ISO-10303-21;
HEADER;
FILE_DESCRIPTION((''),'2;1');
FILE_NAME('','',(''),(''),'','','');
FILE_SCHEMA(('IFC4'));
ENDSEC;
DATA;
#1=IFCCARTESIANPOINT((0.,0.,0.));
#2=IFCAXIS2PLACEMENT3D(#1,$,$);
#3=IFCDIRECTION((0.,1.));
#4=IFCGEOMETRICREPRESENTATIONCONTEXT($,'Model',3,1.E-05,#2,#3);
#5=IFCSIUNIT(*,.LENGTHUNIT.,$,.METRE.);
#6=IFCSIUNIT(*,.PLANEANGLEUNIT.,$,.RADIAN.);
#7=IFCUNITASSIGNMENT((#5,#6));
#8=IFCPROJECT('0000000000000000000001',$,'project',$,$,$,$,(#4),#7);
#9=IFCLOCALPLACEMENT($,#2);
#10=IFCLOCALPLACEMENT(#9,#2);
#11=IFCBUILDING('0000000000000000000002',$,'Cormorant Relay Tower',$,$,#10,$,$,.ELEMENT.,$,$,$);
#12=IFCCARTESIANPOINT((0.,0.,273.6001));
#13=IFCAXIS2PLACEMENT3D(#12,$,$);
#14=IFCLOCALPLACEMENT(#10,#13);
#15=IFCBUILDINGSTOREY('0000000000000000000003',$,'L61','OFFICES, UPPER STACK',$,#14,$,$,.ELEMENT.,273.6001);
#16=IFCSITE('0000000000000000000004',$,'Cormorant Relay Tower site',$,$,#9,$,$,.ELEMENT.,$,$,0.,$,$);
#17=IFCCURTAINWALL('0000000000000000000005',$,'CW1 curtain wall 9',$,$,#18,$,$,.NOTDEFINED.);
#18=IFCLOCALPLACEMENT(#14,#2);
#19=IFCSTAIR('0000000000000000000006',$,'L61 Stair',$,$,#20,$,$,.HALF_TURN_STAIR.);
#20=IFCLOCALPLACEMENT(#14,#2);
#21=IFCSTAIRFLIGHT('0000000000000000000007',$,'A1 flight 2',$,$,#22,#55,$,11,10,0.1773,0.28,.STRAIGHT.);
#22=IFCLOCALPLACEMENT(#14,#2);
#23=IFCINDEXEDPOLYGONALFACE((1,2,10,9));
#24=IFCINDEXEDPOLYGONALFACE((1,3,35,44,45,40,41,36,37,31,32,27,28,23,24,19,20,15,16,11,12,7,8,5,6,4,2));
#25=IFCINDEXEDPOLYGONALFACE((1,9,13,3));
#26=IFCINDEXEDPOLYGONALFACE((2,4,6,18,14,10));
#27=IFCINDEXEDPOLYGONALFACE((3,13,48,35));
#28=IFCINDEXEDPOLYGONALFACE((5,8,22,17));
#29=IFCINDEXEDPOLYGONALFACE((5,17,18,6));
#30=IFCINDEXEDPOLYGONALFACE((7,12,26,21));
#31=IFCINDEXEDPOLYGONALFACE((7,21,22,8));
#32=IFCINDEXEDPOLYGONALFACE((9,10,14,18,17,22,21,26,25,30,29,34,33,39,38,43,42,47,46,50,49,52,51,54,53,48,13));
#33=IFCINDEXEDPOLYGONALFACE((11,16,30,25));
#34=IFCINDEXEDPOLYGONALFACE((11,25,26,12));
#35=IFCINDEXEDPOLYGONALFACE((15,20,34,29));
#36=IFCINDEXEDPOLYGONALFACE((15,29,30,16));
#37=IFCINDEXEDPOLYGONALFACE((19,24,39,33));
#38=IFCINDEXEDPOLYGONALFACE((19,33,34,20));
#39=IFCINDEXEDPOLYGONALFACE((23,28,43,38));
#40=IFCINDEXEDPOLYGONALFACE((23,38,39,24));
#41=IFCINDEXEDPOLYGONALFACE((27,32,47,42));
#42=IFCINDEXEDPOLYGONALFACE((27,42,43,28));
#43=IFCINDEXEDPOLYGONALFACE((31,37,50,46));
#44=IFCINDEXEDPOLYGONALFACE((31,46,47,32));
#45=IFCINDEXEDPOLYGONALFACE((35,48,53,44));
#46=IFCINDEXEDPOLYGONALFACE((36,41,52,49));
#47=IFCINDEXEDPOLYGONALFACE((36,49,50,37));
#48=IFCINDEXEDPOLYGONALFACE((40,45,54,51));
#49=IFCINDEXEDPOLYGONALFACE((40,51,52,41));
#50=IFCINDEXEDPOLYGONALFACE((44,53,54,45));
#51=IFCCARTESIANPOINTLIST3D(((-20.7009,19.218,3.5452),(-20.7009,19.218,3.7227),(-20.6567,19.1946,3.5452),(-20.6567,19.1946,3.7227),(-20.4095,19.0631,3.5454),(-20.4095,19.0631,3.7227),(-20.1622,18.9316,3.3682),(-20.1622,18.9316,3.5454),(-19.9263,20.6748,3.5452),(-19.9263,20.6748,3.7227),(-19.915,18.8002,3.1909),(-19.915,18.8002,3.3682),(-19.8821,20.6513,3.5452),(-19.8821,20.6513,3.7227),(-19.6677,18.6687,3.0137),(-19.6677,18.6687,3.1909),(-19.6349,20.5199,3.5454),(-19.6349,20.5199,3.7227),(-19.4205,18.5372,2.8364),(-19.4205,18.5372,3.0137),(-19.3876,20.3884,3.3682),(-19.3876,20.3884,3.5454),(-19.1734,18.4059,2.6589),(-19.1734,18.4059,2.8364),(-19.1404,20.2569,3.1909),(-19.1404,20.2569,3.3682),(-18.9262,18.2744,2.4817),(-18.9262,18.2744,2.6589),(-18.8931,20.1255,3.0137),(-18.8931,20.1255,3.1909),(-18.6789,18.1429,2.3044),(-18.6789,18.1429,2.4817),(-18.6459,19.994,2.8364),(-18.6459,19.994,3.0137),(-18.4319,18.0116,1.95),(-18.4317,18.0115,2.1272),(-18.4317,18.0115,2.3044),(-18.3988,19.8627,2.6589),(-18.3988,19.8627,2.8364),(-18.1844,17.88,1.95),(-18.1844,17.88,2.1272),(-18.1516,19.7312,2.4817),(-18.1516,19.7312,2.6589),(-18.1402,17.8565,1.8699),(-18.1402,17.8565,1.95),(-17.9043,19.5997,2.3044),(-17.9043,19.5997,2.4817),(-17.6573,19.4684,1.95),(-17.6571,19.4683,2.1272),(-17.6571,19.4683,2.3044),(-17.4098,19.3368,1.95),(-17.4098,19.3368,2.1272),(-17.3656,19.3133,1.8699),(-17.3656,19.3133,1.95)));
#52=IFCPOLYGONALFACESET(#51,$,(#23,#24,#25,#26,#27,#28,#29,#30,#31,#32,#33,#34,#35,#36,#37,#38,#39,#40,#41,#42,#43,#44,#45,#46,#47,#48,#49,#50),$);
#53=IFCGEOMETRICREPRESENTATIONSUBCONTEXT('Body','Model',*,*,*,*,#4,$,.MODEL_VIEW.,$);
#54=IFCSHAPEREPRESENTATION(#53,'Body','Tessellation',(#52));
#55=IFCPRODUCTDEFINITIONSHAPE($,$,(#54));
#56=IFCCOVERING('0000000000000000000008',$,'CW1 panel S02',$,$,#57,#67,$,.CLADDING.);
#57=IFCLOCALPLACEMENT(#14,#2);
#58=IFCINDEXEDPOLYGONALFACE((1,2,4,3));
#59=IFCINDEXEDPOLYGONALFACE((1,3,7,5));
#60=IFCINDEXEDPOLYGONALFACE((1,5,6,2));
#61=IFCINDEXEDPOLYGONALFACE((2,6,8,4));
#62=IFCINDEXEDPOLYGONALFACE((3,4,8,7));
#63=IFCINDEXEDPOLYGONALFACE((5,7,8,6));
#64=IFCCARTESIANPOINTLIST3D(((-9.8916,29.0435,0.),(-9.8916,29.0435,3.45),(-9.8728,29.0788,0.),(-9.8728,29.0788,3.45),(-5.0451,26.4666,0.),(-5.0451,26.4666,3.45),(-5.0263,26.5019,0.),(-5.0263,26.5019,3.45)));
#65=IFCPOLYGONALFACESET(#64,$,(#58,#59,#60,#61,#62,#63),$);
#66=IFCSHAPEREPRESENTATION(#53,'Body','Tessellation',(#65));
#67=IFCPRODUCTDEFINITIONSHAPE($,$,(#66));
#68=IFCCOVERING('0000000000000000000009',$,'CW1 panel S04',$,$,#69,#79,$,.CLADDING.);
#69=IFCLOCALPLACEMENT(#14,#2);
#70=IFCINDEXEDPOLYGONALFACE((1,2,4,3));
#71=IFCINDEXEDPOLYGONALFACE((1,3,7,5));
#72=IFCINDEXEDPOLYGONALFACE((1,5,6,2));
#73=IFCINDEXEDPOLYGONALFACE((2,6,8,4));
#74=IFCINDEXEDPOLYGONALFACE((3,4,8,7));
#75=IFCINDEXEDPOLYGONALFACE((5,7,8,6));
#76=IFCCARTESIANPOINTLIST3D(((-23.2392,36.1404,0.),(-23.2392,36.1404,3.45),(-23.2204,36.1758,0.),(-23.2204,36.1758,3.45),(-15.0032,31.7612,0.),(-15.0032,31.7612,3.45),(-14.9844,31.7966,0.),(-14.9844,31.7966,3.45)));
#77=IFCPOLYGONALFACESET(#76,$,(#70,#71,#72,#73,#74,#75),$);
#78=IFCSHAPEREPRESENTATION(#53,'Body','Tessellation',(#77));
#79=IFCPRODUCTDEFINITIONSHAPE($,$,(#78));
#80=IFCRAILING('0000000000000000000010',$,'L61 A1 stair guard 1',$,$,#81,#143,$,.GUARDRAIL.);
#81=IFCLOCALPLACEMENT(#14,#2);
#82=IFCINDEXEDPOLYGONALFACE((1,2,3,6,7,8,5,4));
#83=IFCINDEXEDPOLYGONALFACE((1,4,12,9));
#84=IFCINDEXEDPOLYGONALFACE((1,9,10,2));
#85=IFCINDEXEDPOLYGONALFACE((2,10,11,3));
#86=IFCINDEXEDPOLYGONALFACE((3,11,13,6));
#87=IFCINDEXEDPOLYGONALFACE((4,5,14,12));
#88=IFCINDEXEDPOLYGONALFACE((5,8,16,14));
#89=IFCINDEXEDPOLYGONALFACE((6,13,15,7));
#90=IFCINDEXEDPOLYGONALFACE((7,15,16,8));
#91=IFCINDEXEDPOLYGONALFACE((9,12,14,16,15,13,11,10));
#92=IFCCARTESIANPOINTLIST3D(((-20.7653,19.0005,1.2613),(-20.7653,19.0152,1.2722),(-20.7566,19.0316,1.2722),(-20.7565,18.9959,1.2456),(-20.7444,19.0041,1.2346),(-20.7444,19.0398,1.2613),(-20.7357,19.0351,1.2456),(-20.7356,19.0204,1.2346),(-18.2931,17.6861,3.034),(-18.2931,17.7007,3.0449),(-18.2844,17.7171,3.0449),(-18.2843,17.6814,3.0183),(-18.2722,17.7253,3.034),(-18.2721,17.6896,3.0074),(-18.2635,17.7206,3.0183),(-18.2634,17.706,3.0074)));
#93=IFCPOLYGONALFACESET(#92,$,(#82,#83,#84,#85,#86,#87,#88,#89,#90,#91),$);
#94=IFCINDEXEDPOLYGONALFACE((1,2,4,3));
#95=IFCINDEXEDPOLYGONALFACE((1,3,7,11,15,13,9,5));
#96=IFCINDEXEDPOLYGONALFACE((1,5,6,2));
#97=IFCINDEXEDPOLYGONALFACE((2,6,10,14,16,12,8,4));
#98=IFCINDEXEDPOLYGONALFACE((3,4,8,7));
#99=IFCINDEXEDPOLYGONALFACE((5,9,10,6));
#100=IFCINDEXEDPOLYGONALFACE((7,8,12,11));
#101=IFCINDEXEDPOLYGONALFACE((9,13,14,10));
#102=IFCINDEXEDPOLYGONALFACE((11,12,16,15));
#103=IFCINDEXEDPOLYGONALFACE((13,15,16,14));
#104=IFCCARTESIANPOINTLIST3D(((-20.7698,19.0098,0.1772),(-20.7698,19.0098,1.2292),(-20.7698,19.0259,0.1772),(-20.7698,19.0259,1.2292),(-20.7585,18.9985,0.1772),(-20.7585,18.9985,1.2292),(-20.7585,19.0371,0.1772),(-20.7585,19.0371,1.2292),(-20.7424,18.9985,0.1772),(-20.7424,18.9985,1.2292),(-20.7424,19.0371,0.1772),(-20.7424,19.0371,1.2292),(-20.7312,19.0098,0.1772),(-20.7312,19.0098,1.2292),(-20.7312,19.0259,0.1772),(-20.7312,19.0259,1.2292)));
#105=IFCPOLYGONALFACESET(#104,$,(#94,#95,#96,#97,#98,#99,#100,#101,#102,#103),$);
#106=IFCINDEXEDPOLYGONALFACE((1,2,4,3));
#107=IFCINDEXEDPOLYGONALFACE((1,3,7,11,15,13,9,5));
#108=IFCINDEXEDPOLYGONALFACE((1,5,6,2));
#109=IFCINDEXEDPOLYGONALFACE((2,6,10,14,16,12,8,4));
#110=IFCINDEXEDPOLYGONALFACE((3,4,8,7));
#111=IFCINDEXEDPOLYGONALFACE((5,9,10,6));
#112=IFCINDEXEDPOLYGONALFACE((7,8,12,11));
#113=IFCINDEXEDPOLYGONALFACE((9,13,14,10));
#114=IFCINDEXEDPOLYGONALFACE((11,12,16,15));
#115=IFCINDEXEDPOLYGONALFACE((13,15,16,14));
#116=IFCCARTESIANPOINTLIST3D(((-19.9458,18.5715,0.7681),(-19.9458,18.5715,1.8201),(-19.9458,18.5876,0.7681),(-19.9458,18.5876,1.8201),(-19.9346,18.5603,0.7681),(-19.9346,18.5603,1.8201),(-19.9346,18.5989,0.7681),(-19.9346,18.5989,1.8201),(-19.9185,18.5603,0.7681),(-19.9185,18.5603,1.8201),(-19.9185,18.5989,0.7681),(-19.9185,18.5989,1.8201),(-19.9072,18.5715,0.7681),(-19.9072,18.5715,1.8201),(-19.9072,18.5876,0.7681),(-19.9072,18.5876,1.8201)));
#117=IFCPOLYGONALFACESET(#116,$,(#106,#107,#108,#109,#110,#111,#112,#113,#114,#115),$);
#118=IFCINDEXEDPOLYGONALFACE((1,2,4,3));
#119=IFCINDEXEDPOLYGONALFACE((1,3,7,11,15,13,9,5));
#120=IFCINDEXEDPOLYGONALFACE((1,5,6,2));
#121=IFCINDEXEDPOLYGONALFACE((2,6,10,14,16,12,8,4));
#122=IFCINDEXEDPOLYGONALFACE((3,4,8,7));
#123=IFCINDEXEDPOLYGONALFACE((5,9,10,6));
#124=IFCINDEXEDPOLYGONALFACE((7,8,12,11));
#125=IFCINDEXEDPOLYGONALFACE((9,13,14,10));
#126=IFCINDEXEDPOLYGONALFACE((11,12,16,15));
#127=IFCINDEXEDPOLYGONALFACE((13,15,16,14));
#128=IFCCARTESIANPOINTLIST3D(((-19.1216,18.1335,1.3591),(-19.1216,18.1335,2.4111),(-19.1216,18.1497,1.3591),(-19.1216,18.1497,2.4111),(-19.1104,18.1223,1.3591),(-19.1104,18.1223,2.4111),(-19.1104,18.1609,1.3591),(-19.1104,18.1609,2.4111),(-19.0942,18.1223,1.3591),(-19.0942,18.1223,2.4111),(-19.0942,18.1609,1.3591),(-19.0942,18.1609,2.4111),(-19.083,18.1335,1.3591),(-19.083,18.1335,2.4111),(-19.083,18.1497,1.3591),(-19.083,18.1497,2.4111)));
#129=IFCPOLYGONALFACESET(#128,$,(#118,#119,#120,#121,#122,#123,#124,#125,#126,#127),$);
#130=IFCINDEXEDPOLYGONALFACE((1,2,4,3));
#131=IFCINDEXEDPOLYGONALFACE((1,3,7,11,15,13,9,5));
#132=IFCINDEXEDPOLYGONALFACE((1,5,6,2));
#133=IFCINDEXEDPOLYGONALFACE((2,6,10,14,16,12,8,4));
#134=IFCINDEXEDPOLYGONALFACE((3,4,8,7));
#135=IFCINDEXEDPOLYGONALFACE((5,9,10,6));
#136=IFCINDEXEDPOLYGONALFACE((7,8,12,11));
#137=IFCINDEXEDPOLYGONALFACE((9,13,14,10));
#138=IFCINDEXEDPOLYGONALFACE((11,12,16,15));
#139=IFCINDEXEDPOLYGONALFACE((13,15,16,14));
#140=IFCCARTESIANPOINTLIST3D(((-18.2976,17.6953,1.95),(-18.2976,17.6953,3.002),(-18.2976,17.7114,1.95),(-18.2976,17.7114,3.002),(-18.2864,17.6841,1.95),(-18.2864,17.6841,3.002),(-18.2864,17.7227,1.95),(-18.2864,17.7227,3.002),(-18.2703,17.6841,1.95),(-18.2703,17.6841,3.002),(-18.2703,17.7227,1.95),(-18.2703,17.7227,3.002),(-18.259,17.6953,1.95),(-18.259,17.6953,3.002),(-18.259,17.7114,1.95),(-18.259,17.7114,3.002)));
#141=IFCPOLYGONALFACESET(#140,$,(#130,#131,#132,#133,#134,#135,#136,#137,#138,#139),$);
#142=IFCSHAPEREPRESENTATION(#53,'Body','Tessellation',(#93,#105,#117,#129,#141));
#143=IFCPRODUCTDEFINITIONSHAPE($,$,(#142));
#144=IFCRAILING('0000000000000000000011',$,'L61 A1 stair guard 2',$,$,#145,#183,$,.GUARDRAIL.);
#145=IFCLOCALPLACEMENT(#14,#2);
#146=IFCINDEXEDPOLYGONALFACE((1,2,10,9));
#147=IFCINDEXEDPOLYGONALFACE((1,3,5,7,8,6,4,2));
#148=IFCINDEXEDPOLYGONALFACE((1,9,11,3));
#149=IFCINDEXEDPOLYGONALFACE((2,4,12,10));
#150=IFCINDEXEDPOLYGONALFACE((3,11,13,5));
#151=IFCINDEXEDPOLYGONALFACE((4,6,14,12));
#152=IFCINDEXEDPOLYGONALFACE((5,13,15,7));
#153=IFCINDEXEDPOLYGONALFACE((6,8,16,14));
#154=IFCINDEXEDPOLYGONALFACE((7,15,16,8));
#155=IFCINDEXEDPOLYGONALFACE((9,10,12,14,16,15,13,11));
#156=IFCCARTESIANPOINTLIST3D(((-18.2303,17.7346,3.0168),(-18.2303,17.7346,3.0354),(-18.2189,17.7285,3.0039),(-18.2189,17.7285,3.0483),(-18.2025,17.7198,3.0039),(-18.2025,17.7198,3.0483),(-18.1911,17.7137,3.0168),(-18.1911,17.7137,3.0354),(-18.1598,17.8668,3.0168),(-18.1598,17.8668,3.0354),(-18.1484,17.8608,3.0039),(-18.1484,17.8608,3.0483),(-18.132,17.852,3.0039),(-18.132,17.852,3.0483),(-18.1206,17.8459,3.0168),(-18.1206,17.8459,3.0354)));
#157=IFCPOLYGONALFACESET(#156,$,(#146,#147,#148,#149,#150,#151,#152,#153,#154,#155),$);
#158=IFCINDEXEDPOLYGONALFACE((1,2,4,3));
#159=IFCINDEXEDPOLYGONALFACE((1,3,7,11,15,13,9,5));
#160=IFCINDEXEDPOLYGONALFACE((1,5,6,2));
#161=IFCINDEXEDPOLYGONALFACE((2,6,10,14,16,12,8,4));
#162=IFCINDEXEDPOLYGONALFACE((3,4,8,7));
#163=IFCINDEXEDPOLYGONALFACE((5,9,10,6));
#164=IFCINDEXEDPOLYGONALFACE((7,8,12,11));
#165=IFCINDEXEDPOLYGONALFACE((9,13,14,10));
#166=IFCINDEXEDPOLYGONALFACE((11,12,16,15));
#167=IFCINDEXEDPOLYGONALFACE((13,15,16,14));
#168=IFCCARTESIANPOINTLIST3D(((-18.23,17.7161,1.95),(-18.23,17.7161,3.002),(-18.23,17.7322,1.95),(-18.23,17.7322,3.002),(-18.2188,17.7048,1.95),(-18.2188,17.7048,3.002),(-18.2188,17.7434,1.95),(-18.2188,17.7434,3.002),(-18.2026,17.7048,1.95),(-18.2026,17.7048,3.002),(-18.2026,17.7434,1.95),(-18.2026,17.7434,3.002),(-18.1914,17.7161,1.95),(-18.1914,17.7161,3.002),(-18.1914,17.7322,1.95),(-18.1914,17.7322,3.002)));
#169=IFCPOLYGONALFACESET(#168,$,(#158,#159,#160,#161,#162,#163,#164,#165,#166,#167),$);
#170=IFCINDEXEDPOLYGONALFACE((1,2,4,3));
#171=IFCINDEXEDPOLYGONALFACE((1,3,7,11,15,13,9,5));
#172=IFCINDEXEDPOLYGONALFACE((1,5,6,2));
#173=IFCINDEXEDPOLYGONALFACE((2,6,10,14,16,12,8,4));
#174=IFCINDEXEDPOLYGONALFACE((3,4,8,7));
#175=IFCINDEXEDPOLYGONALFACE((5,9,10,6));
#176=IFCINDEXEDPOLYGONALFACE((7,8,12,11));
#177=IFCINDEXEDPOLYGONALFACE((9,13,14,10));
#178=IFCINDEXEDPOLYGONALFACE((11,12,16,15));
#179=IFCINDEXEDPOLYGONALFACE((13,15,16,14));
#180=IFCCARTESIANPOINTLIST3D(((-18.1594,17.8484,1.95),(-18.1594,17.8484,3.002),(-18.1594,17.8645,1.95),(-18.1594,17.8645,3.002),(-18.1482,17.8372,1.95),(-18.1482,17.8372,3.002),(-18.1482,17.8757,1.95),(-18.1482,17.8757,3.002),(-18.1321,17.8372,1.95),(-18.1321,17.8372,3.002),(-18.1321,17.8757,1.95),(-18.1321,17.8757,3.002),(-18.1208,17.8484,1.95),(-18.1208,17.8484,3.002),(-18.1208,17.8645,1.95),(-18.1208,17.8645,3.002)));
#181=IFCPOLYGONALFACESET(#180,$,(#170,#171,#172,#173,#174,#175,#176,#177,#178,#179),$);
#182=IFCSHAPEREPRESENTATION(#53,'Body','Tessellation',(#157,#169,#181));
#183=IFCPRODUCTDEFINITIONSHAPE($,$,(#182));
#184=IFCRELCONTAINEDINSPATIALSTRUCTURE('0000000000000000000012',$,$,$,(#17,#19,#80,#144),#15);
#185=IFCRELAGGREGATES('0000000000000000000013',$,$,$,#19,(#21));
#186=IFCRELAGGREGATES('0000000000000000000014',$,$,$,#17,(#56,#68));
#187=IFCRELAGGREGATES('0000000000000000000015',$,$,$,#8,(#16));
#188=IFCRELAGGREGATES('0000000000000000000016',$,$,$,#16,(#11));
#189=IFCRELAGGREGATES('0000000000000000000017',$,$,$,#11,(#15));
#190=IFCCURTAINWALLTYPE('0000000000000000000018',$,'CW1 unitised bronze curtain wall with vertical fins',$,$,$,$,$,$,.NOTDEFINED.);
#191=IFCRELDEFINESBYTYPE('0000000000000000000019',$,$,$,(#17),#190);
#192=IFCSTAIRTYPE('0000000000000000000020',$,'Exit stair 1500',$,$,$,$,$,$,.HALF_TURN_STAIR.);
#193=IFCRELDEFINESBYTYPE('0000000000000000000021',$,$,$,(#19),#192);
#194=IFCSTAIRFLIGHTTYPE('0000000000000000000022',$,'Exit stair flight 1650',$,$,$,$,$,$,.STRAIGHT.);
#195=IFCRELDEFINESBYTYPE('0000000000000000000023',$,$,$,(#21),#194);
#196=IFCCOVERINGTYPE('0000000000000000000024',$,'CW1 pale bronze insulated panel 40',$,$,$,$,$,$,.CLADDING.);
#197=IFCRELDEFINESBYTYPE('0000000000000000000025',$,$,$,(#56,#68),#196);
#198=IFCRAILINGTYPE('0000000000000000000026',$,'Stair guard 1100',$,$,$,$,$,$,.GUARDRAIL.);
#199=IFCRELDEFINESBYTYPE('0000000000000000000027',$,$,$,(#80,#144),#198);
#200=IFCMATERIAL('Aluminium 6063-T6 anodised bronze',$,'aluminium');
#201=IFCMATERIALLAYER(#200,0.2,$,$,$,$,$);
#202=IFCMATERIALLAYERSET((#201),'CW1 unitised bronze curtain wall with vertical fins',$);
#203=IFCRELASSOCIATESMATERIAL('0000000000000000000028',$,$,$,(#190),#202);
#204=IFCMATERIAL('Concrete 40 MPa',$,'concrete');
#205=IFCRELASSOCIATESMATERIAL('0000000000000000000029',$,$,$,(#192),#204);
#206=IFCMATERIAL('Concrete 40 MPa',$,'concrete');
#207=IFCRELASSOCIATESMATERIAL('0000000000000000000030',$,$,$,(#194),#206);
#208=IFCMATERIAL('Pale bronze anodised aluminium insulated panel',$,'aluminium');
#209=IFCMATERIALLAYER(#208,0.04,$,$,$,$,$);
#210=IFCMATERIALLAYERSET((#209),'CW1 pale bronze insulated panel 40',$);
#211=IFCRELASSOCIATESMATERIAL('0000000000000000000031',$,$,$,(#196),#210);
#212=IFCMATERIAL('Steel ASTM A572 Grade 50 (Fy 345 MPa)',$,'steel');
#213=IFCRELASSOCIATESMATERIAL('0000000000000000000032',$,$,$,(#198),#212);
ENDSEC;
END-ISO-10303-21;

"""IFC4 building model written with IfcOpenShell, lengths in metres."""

from ifc_helpers import new_model, si_unit, direction, frame, origin, origin_2d, place, context, subcontext, project, spatial, polyline, rectangle, outline, extrude, material, layer, layer_set, type_object, element, aggregate, save


model = new_model("IFC4")

# Units and contexts
model_context = context("Model", 3, precision=1e-05, world=origin(), true_north=direction((0.0, 1.0)))
body_context = subcontext(model_context, "Body", "Model", "MODEL_VIEW")
ifc_project = project(units=[si_unit("LENGTHUNIT", "METRE"), si_unit("PLANEANGLEUNIT", "RADIAN")], contexts=[model_context])

# Site, building, storey
site_placement = place(None, origin())
site = spatial("IfcSite", under=ifc_project, at=site_placement, Name="Cormorant Relay Tower site", CompositionType="ELEMENT", RefElevation=0.0)
building_placement = place(site_placement, origin())
building = spatial("IfcBuilding", under=site, at=building_placement, Name="Cormorant Relay Tower", CompositionType="ELEMENT")
storey_placement = place(building_placement, frame((0.0, 0.0, 273.6001)))
storey = spatial("IfcBuildingStorey", under=building, at=storey_placement, Name="L61", Description="OFFICES, UPPER STACK", CompositionType="ELEMENT", Elevation=273.6001)

# Curtain wall
ifc_material_1 = material(Name="Aluminium 6063-T6 anodised bronze", Category="aluminium")
ifc_layer_1 = layer(ifc_material_1, 0.2)
ifc_layer_set_1 = layer_set([ifc_layer_1], Name="CW1 unitised bronze curtain wall with vertical fins")
curtain_wall_type = type_object("IfcCurtainWallType", Name="CW1 unitised bronze curtain wall with vertical fins", PredefinedType="NOTDEFINED", material=ifc_layer_set_1)
curtain_wall_placement = place(storey_placement, origin())
curtain_wall = element("IfcCurtainWall", 1, at=curtain_wall_placement, inside=storey, type_object=curtain_wall_type, Name="CW1 curtain wall 9", PredefinedType="NOTDEFINED")

# Stair, stair flight
ifc_material_2 = material(Name="Concrete 40 MPa", Category="concrete")
stair_type = type_object("IfcStairType", Name="Exit stair 1500", PredefinedType="HALF_TURN_STAIR", material=ifc_material_2)
stair_placement = place(storey_placement, origin())
stair = element("IfcStair", 2, at=stair_placement, inside=storey, type_object=stair_type, Name="L61 Stair", PredefinedType="HALF_TURN_STAIR")
ifc_material_3 = material(Name="Concrete 40 MPa", Category="concrete")
stair_flight_type = type_object("IfcStairFlightType", Name="Exit stair flight 1650", PredefinedType="STRAIGHT", material=ifc_material_3)
stair_flight_1_placement = place(storey_placement, frame((-17.7971, 18.6084, 1.95), z_axis=(0.0, 0.0, 1.0), x_axis=(-0.882948, 0.469472, 0.0)))
stair_flight_1 = element("IfcStairFlight", 3, at=stair_flight_1_placement, type_object=stair_flight_type, Name="A1 flight 2", NumberOfRisers=11, NumberOfTreads=10, PredefinedType="STRAIGHT", RiserHeight=0.1773, TreadLength=0.28, context=body_context, shape_type="SweptSolid", body=[
    extrude(outline(polyline([(-0.05, -0.0801), (-0.05, 0.0), (0.0, 0.0), (0.0, 0.1772), (0.28, 0.1772), (0.28, 0.3545), (0.5601, 0.3545), (0.5601, 0.5317), (0.8401, 0.5317), (0.8401, 0.709), (1.1201, 0.709), (1.1201, 0.8865), (1.3999, 0.8865), (1.3999, 1.0637), (1.6799, 1.0637), (1.6799, 1.241), (1.96, 1.241), (1.96, 1.4182), (2.24, 1.4182), (2.24, 1.5955), (2.52, 1.5955), (2.52, 1.7727), (2.8, 1.7727), (2.8501, 1.7727), (2.8501, 1.5952), (2.8, 1.5952), (0.2803, 0.0), (-0.05, -0.0801)])), frame((0.0, 0.825, 0.0), z_axis=(0.0, -1.0, 0.0), x_axis=(1.0, 0.0, 0.0)), (0.0, 0.0, 1.0), 1.6499),
])
aggregate(stair, [stair_flight_1])

# Coverings
ifc_material_4 = material(Name="Pale bronze anodised aluminium insulated panel", Category="aluminium")
ifc_layer_2 = layer(ifc_material_4, 0.04)
ifc_layer_set_2 = layer_set([ifc_layer_2], Name="CW1 pale bronze insulated panel 40")
covering_type = type_object("IfcCoveringType", Name="CW1 pale bronze insulated panel 40", PredefinedType="CLADDING", material=ifc_layer_set_2)
covering_1_placement = place(storey_placement, frame((-7.459, 27.7727, 0.0), z_axis=(0.0, 0.0, 1.0), x_axis=(-0.882948, 0.469472, 0.0)))
covering_1 = element("IfcCovering", 4, at=covering_1_placement, type_object=covering_type, Name="CW1 panel S02", PredefinedType="CLADDING", context=body_context, shape_type="SweptSolid", body=[
    extrude(rectangle(XDim=5.489, YDim=0.04, at=origin_2d()), origin(), (0.0, 0.0, 1.0), 3.45),
])
covering_2_placement = place(storey_placement, frame((-19.1118, 33.9685, 0.0), z_axis=(0.0, 0.0, 1.0), x_axis=(-0.882948, 0.469472, 0.0)))
covering_2 = element("IfcCovering", 5, at=covering_2_placement, type_object=covering_type, Name="CW1 panel S04", PredefinedType="CLADDING", context=body_context, shape_type="SweptSolid", body=[
    extrude(rectangle(XDim=9.3279, YDim=0.04, at=origin_2d()), origin(), (0.0, 0.0, 1.0), 3.45),
])
aggregate(curtain_wall, [covering_1, covering_2])

# Railings
ifc_material_5 = material(Name="Steel ASTM A572 Grade 50 (Fy 345 MPa)", Category="steel")
railing_type_1 = type_object("IfcRailingType", Name="Stair guard 1100", PredefinedType="GUARDRAIL", material=ifc_material_5)
railing_1_placement = place(storey_placement, frame((-20.7505, 19.0178, 0.1772)))
element("IfcRailing", 6, at=railing_1_placement, inside=storey, type_object=railing_type_1, Name="L61 A1 stair guard 1", PredefinedType="GUARDRAIL", context=body_context, shape_type="SweptSolid", body=[
    extrude(outline(polyline([(0.0222, 0.0093), (0.0093, 0.0222), (-0.0093, 0.0222), (-0.0222, 0.0093), (-0.0222, -0.0093), (-0.0093, -0.0222), (0.0093, -0.0222), (0.0222, -0.0093), (0.0222, 0.0093)])), frame((0.0, 0.0, 1.0762), z_axis=(0.746001, -0.396649, 0.534931), x_axis=(0.469465, 0.882951, 0.0)), (0.0, 0.0, 1.0), 3.314),
    extrude(outline(polyline([(0.0193, 0.0081), (0.0081, 0.0193), (-0.0081, 0.0193), (-0.0193, 0.0081), (-0.0193, -0.0081), (-0.0081, -0.0193), (0.0081, -0.0193), (0.0193, -0.0081), (0.0193, 0.0081)])), origin(), (0.0, 0.0, 1.0), 1.052),
    extrude(outline(polyline([(0.0193, 0.0081), (0.0081, 0.0193), (-0.0081, 0.0193), (-0.0193, 0.0081), (-0.0193, -0.0081), (-0.0081, -0.0193), (0.0081, -0.0193), (0.0193, -0.0081), (0.0193, 0.0081)])), frame((0.824, -0.4382, 0.5908)), (0.0, 0.0, 1.0), 1.052),
    extrude(outline(polyline([(0.0193, 0.0081), (0.0081, 0.0193), (-0.0081, 0.0193), (-0.0193, 0.0081), (-0.0193, -0.0081), (-0.0081, -0.0193), (0.0081, -0.0193), (0.0193, -0.0081), (0.0193, 0.0081)])), frame((1.6482, -0.8762, 1.1819)), (0.0, 0.0, 1.0), 1.052),
    extrude(outline(polyline([(0.0193, 0.0081), (0.0081, 0.0193), (-0.0081, 0.0193), (-0.0193, 0.0081), (-0.0193, -0.0081), (-0.0081, -0.0193), (0.0081, -0.0193), (0.0193, -0.0081), (0.0193, 0.0081)])), frame((2.4722, -1.3145, 1.7727)), (0.0, 0.0, 1.0), 1.052),
])
railing_2_placement = place(storey_placement, frame((-18.2107, 17.7241, 1.95)))
element("IfcRailing", 7, at=railing_2_placement, inside=storey, type_object=railing_type_1, Name="L61 A1 stair guard 2", PredefinedType="GUARDRAIL", context=body_context, shape_type="SweptSolid", body=[
    extrude(outline(polyline([(0.0222, 0.0093), (0.0093, 0.0222), (-0.0093, 0.0222), (-0.0222, 0.0093), (-0.0222, -0.0093), (-0.0093, -0.0222), (0.0093, -0.0222), (0.0222, -0.0093), (0.0222, 0.0093)])), frame((0.0, 0.0, 1.0762), z_axis=(0.470504, 0.882398, 0.0), x_axis=(-0.882398, 0.470504, 0.0)), (0.0, 0.0, 1.0), 0.1499),
    extrude(outline(polyline([(0.0193, 0.0081), (0.0081, 0.0193), (-0.0081, 0.0193), (-0.0193, 0.0081), (-0.0193, -0.0081), (-0.0081, -0.0193), (0.0081, -0.0193), (0.0193, -0.0081), (0.0193, 0.0081)])), origin(), (0.0, 0.0, 1.0), 1.052),
    extrude(outline(polyline([(0.0193, 0.0081), (0.0081, 0.0193), (-0.0081, 0.0193), (-0.0193, 0.0081), (-0.0193, -0.0081), (-0.0081, -0.0193), (0.0081, -0.0193), (0.0193, -0.0081), (0.0193, 0.0081)])), frame((0.0706, 0.1323, 0.0)), (0.0, 0.0, 1.0), 1.052),
])

save(model, "model.ifc")
